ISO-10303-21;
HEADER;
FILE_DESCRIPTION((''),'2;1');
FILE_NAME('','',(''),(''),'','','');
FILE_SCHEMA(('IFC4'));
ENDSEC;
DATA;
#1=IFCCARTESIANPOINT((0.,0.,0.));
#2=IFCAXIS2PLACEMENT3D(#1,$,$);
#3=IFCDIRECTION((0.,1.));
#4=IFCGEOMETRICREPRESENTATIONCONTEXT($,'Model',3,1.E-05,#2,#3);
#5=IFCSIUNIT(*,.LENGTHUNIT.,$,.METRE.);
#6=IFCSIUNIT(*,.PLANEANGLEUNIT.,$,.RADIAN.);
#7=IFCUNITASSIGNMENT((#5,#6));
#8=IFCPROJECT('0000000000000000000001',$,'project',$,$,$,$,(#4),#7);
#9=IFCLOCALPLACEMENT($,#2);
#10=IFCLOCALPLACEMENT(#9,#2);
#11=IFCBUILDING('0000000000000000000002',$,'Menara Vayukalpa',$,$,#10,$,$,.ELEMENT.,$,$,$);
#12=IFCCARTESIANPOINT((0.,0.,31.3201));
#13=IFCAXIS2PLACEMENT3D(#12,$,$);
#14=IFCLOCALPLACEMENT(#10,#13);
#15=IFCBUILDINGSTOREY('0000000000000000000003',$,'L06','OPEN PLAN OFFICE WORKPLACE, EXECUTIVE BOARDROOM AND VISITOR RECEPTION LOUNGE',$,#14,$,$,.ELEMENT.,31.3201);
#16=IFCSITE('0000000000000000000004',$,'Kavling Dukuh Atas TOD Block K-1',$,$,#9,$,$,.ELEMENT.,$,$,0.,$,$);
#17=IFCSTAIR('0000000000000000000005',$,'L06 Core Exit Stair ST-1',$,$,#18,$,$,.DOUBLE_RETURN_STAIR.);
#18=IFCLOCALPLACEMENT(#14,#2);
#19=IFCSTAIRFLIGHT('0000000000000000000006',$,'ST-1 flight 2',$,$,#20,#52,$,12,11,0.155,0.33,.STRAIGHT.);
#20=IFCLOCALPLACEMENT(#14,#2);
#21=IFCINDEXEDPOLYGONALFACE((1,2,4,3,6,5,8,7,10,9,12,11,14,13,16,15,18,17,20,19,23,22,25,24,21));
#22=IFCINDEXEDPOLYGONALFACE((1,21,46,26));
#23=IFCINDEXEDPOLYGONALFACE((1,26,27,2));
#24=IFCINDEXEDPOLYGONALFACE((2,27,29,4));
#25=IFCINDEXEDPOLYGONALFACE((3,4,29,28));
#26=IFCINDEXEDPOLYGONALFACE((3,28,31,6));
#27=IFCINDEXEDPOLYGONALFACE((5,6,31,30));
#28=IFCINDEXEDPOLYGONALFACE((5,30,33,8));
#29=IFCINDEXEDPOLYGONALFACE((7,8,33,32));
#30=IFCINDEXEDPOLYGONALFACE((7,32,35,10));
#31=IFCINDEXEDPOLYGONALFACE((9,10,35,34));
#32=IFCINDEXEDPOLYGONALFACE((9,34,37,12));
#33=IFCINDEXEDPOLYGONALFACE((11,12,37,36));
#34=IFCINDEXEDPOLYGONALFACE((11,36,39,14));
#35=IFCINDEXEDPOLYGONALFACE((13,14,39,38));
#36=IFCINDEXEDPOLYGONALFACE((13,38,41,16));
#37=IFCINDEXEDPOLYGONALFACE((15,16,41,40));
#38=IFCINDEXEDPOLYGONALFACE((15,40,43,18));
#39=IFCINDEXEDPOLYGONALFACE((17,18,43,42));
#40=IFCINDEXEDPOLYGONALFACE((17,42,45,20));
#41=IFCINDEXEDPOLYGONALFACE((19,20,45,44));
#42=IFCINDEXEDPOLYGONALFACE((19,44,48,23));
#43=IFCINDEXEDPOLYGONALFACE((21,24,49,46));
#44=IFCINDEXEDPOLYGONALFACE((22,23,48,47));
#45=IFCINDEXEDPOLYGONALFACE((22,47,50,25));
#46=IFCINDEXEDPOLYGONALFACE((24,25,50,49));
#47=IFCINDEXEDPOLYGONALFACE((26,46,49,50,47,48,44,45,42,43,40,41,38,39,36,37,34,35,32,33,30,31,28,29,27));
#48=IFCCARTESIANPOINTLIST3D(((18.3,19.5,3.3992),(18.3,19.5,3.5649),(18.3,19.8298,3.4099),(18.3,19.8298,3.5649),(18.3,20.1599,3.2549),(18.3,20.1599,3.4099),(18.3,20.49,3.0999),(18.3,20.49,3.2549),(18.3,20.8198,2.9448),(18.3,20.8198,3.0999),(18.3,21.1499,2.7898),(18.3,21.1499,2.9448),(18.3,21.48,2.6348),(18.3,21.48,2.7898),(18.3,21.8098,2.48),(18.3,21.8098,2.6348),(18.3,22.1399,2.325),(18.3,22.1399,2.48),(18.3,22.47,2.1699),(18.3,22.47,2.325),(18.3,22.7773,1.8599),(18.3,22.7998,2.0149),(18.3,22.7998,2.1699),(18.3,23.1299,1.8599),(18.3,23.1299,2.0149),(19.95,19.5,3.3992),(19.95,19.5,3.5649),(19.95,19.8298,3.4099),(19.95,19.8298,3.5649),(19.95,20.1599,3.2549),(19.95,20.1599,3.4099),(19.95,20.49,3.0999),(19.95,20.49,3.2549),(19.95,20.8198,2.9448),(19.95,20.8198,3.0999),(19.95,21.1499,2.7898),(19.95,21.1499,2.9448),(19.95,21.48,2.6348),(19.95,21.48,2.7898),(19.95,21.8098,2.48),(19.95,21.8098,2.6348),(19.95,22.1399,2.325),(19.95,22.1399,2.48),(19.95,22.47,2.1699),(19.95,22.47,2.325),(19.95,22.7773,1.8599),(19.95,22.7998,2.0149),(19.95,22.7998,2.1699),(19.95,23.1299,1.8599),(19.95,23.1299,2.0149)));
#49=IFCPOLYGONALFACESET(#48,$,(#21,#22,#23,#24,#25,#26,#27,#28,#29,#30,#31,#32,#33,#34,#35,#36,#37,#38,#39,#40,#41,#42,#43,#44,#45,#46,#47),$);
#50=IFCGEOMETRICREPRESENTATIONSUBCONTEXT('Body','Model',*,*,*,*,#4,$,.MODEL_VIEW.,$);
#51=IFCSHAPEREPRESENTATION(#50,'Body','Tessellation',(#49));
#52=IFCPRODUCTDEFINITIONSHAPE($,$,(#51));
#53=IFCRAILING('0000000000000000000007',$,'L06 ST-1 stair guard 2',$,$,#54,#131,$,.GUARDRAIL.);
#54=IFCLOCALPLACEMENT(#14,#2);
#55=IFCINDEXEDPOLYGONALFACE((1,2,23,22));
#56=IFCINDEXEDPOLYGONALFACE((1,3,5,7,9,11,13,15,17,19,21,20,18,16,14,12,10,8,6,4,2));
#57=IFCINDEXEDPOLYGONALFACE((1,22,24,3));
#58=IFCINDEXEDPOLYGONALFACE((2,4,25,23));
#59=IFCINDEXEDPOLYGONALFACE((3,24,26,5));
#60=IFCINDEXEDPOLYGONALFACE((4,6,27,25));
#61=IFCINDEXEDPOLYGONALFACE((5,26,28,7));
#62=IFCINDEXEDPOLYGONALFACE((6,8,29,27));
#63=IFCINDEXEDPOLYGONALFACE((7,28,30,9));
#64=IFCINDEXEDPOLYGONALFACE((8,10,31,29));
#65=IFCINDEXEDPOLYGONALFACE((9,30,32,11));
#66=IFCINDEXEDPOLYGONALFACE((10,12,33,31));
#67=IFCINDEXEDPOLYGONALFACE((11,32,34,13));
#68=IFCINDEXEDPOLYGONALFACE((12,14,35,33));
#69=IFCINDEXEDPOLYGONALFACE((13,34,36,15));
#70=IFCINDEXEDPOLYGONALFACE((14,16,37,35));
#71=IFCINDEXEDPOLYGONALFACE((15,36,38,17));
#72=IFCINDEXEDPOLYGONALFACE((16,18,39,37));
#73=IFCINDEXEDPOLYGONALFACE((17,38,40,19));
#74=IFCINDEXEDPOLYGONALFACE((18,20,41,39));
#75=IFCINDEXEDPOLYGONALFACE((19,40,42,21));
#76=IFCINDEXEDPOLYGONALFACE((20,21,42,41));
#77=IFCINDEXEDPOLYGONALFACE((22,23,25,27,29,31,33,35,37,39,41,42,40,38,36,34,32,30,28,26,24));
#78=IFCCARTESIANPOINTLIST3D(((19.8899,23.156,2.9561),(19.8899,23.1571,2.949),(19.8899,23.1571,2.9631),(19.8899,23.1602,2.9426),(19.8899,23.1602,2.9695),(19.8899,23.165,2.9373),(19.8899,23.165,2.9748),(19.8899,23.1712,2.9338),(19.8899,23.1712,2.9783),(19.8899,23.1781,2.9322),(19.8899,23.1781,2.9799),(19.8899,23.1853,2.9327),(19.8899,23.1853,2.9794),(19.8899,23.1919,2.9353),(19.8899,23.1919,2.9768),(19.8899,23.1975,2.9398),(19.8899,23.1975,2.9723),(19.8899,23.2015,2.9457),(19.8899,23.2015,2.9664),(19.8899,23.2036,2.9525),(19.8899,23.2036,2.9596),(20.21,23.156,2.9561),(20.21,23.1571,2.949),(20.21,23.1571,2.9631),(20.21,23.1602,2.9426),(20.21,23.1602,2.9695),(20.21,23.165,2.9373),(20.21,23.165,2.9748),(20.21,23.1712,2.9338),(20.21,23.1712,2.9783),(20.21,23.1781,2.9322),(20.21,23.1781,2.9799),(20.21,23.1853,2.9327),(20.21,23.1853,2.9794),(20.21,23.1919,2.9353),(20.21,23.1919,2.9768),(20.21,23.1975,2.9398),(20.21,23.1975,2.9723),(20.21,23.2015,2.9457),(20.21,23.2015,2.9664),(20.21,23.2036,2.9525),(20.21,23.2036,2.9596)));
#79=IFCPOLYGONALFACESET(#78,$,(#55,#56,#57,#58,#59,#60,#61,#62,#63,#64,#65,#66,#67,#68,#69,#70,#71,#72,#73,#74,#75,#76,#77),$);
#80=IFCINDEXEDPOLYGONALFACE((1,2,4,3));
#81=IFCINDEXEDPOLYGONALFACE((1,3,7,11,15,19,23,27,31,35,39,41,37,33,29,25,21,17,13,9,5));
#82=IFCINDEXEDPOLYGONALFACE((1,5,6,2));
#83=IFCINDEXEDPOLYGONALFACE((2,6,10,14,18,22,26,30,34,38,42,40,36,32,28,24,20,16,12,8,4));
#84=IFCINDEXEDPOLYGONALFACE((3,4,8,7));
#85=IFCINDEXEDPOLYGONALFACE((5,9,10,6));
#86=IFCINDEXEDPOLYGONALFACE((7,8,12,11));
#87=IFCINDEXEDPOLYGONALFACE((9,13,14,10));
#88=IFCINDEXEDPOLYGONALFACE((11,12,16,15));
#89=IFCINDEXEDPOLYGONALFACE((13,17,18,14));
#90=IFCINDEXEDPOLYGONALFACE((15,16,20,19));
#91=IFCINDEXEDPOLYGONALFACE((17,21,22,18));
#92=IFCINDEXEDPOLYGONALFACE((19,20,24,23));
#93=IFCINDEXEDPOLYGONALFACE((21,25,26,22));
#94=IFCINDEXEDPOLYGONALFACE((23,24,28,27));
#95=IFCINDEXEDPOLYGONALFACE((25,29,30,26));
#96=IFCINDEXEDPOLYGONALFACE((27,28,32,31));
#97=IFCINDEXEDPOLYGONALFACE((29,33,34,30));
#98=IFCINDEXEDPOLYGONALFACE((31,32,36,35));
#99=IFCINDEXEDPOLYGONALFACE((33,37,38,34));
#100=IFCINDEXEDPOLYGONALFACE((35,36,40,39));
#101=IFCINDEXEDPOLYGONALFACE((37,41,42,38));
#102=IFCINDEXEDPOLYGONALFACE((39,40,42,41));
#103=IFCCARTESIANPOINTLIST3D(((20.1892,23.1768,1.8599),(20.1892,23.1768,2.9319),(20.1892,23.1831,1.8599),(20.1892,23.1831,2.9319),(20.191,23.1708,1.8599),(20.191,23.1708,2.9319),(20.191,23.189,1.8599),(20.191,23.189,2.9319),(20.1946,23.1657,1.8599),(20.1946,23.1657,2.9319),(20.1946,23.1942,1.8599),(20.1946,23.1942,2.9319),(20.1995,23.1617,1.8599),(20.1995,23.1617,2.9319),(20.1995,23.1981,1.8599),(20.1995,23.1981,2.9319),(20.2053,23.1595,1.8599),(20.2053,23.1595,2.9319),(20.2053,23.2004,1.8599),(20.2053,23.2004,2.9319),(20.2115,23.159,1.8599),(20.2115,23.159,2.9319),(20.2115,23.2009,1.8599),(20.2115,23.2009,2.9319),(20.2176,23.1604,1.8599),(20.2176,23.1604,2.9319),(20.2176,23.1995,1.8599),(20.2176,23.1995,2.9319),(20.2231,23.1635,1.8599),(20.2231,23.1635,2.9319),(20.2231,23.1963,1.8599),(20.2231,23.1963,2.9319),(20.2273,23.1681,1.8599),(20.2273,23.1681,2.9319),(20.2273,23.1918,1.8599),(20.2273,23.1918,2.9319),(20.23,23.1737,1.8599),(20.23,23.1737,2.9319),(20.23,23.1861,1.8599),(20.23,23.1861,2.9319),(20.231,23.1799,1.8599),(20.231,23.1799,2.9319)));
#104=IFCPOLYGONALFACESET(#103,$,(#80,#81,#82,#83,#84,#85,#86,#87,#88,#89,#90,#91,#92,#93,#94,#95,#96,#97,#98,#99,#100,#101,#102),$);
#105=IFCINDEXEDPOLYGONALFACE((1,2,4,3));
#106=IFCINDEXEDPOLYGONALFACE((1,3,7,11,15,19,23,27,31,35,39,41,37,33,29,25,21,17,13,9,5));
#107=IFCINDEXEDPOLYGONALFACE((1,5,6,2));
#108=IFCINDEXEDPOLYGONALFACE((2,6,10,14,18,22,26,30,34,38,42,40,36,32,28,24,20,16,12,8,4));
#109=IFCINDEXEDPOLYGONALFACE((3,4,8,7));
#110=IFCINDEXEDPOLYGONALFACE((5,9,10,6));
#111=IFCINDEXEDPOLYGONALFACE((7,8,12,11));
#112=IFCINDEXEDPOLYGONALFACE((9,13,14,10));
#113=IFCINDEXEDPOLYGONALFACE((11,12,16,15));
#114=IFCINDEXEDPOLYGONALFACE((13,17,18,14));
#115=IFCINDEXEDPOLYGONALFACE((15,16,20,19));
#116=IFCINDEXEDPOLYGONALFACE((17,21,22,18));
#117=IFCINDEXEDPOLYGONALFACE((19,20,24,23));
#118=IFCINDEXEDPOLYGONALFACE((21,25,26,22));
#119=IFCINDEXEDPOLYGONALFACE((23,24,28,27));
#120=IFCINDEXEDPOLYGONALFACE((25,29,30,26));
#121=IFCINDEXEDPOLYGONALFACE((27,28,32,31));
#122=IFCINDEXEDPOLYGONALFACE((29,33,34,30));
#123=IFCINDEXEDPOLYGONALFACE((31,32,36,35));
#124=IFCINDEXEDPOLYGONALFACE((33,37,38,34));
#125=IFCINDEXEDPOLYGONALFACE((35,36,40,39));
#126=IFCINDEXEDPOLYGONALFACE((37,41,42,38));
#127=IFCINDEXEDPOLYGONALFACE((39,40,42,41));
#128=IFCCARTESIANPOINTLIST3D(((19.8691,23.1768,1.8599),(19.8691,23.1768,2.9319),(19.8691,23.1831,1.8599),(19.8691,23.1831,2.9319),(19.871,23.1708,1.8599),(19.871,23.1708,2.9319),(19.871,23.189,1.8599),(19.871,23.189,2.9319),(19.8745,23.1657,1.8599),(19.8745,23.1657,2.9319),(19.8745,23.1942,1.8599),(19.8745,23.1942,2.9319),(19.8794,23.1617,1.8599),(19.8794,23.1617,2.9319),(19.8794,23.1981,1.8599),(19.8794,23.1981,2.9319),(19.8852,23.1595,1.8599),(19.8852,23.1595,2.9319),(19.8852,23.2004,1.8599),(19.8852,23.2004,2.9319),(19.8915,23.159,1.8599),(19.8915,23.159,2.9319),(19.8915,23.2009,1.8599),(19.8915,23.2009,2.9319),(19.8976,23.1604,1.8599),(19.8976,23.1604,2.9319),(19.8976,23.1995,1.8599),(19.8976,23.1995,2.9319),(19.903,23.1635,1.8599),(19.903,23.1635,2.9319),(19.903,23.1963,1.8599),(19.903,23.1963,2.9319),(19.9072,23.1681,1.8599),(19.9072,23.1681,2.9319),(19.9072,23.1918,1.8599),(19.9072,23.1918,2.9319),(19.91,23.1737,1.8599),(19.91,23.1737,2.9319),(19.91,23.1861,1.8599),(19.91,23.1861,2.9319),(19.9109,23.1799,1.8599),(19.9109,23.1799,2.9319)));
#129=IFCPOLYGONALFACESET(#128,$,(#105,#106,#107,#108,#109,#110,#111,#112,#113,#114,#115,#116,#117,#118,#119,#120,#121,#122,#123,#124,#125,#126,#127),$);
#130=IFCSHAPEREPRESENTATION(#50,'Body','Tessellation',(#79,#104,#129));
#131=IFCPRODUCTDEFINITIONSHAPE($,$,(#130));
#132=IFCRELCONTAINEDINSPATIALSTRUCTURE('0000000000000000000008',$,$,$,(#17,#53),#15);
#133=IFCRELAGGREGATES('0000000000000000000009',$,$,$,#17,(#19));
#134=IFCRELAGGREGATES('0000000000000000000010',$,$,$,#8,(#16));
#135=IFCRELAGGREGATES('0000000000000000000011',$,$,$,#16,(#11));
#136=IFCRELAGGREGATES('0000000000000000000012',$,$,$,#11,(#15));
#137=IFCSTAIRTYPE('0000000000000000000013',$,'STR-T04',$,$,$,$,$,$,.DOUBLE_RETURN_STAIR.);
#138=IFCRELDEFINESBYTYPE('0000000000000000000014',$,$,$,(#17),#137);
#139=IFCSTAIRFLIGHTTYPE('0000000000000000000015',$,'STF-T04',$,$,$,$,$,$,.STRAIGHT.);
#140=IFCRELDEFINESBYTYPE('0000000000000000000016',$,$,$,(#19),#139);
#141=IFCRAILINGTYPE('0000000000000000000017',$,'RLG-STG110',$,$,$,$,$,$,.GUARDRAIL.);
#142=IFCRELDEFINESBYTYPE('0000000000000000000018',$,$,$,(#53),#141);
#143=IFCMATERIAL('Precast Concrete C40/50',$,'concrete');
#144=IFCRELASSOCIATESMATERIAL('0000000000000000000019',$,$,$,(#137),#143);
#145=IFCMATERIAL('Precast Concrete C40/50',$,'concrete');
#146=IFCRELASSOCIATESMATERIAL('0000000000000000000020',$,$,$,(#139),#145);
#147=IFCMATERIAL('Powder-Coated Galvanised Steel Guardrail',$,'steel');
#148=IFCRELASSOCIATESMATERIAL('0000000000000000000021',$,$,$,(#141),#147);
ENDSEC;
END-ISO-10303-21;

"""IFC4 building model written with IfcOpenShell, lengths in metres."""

from ifc_helpers import new_model, si_unit, direction, frame, origin, origin_2d, place, context, subcontext, project, spatial, polyline, circle, outline, extrude, material, type_object, element, aggregate, save


model = new_model("IFC4")

# Units and contexts
model_context = context("Model", 3, precision=1e-05, world=origin(), true_north=direction((0.0, 1.0)))
body_context = subcontext(model_context, "Body", "Model", "MODEL_VIEW")
ifc_project = project(units=[si_unit("LENGTHUNIT", "METRE"), si_unit("PLANEANGLEUNIT", "RADIAN")], contexts=[model_context])

# Site, building, storey
site_placement = place(None, origin())
site = spatial("IfcSite", under=ifc_project, at=site_placement, Name="Kavling Dukuh Atas TOD Block K-1", CompositionType="ELEMENT", RefElevation=0.0)
building_placement = place(site_placement, origin())
building = spatial("IfcBuilding", under=site, at=building_placement, Name="Menara Vayukalpa", CompositionType="ELEMENT")
storey_placement = place(building_placement, frame((0.0, 0.0, 31.3201)))
storey = spatial("IfcBuildingStorey", under=building, at=storey_placement, Name="L06", Description="OPEN PLAN OFFICE WORKPLACE, EXECUTIVE BOARDROOM AND VISITOR RECEPTION LOUNGE", CompositionType="ELEMENT", Elevation=31.3201)

# Stair, stair flight
ifc_material_1 = material(Name="Precast Concrete C40/50", Category="concrete")
stair_type = type_object("IfcStairType", Name="STR-T04", PredefinedType="DOUBLE_RETURN_STAIR", material=ifc_material_1)
stair_placement = place(storey_placement, origin())
stair = element("IfcStair", 1, at=stair_placement, inside=storey, type_object=stair_type, Name="L06 Core Exit Stair ST-1", PredefinedType="DOUBLE_RETURN_STAIR")
ifc_material_2 = material(Name="Precast Concrete C40/50", Category="concrete")
stair_flight_type = type_object("IfcStairFlightType", Name="STF-T04", PredefinedType="STRAIGHT", material=ifc_material_2)
stair_flight_placement = place(storey_placement, frame((19.125, 23.1299, 1.8599), z_axis=(0.0, 0.0, 1.0), x_axis=(0.0, -1.0, 0.0)))
stair_flight = element("IfcStairFlight", 2, at=stair_flight_placement, type_object=stair_flight_type, Name="ST-1 flight 2", NumberOfRisers=12, NumberOfTreads=11, PredefinedType="STRAIGHT", RiserHeight=0.155, TreadLength=0.33, context=body_context, shape_type="SweptSolid", body=[
    extrude(outline(polyline([(0.0, 0.0), (0.0, 0.155), (0.3301, 0.155), (0.3301, 0.3101), (0.6599, 0.3101), (0.6599, 0.4651), (0.99, 0.4651), (0.99, 0.6201), (1.3201, 0.6201), (1.3201, 0.7749), (1.6499, 0.7749), (1.6499, 0.9299), (1.98, 0.9299), (1.98, 1.085), (2.3101, 1.085), (2.3101, 1.24), (2.6399, 1.24), (2.6399, 1.395), (2.97, 1.395), (2.97, 1.55), (3.3, 1.55), (3.3, 1.7051), (3.6299, 1.7051), (3.6299, 1.8601), (3.6299, 1.5393), (0.3525, 0.0), (0.0, 0.0)])), frame((0.0, 0.825, 0.0), z_axis=(0.0, -1.0, 0.0), x_axis=(1.0, 0.0, 0.0)), (0.0, 0.0, 1.0), 1.6499),
])
aggregate(stair, [stair_flight])

# Railing
ifc_material_3 = material(Name="Powder-Coated Galvanised Steel Guardrail", Category="steel")
railing_type_1 = type_object("IfcRailingType", Name="RLG-STG110", PredefinedType="GUARDRAIL", material=ifc_material_3)
railing_1_placement = place(storey_placement, frame((20.21, 23.1799, 1.8599)))
element("IfcRailing", 3, at=railing_1_placement, inside=storey, type_object=railing_type_1, Name="L06 ST-1 stair guard 2", PredefinedType="GUARDRAIL", context=body_context, shape_type="SweptSolid", body=[
    extrude(circle(Radius=0.0239, at=origin_2d()), frame((0.0, 0.0, 1.0962), z_axis=(-1.0, 0.0, 0.0), x_axis=(0.0, -1.0, 0.0)), (0.0, 0.0, 1.0), 0.3201),
    extrude(circle(Radius=0.021, at=origin_2d()), origin(), (0.0, 0.0, 1.0), 1.072),
    extrude(circle(Radius=0.021, at=origin_2d()), frame((-0.3201, 0.0, 0.0)), (0.0, 0.0, 1.0), 1.072),
])

save(model, "model.ifc")
